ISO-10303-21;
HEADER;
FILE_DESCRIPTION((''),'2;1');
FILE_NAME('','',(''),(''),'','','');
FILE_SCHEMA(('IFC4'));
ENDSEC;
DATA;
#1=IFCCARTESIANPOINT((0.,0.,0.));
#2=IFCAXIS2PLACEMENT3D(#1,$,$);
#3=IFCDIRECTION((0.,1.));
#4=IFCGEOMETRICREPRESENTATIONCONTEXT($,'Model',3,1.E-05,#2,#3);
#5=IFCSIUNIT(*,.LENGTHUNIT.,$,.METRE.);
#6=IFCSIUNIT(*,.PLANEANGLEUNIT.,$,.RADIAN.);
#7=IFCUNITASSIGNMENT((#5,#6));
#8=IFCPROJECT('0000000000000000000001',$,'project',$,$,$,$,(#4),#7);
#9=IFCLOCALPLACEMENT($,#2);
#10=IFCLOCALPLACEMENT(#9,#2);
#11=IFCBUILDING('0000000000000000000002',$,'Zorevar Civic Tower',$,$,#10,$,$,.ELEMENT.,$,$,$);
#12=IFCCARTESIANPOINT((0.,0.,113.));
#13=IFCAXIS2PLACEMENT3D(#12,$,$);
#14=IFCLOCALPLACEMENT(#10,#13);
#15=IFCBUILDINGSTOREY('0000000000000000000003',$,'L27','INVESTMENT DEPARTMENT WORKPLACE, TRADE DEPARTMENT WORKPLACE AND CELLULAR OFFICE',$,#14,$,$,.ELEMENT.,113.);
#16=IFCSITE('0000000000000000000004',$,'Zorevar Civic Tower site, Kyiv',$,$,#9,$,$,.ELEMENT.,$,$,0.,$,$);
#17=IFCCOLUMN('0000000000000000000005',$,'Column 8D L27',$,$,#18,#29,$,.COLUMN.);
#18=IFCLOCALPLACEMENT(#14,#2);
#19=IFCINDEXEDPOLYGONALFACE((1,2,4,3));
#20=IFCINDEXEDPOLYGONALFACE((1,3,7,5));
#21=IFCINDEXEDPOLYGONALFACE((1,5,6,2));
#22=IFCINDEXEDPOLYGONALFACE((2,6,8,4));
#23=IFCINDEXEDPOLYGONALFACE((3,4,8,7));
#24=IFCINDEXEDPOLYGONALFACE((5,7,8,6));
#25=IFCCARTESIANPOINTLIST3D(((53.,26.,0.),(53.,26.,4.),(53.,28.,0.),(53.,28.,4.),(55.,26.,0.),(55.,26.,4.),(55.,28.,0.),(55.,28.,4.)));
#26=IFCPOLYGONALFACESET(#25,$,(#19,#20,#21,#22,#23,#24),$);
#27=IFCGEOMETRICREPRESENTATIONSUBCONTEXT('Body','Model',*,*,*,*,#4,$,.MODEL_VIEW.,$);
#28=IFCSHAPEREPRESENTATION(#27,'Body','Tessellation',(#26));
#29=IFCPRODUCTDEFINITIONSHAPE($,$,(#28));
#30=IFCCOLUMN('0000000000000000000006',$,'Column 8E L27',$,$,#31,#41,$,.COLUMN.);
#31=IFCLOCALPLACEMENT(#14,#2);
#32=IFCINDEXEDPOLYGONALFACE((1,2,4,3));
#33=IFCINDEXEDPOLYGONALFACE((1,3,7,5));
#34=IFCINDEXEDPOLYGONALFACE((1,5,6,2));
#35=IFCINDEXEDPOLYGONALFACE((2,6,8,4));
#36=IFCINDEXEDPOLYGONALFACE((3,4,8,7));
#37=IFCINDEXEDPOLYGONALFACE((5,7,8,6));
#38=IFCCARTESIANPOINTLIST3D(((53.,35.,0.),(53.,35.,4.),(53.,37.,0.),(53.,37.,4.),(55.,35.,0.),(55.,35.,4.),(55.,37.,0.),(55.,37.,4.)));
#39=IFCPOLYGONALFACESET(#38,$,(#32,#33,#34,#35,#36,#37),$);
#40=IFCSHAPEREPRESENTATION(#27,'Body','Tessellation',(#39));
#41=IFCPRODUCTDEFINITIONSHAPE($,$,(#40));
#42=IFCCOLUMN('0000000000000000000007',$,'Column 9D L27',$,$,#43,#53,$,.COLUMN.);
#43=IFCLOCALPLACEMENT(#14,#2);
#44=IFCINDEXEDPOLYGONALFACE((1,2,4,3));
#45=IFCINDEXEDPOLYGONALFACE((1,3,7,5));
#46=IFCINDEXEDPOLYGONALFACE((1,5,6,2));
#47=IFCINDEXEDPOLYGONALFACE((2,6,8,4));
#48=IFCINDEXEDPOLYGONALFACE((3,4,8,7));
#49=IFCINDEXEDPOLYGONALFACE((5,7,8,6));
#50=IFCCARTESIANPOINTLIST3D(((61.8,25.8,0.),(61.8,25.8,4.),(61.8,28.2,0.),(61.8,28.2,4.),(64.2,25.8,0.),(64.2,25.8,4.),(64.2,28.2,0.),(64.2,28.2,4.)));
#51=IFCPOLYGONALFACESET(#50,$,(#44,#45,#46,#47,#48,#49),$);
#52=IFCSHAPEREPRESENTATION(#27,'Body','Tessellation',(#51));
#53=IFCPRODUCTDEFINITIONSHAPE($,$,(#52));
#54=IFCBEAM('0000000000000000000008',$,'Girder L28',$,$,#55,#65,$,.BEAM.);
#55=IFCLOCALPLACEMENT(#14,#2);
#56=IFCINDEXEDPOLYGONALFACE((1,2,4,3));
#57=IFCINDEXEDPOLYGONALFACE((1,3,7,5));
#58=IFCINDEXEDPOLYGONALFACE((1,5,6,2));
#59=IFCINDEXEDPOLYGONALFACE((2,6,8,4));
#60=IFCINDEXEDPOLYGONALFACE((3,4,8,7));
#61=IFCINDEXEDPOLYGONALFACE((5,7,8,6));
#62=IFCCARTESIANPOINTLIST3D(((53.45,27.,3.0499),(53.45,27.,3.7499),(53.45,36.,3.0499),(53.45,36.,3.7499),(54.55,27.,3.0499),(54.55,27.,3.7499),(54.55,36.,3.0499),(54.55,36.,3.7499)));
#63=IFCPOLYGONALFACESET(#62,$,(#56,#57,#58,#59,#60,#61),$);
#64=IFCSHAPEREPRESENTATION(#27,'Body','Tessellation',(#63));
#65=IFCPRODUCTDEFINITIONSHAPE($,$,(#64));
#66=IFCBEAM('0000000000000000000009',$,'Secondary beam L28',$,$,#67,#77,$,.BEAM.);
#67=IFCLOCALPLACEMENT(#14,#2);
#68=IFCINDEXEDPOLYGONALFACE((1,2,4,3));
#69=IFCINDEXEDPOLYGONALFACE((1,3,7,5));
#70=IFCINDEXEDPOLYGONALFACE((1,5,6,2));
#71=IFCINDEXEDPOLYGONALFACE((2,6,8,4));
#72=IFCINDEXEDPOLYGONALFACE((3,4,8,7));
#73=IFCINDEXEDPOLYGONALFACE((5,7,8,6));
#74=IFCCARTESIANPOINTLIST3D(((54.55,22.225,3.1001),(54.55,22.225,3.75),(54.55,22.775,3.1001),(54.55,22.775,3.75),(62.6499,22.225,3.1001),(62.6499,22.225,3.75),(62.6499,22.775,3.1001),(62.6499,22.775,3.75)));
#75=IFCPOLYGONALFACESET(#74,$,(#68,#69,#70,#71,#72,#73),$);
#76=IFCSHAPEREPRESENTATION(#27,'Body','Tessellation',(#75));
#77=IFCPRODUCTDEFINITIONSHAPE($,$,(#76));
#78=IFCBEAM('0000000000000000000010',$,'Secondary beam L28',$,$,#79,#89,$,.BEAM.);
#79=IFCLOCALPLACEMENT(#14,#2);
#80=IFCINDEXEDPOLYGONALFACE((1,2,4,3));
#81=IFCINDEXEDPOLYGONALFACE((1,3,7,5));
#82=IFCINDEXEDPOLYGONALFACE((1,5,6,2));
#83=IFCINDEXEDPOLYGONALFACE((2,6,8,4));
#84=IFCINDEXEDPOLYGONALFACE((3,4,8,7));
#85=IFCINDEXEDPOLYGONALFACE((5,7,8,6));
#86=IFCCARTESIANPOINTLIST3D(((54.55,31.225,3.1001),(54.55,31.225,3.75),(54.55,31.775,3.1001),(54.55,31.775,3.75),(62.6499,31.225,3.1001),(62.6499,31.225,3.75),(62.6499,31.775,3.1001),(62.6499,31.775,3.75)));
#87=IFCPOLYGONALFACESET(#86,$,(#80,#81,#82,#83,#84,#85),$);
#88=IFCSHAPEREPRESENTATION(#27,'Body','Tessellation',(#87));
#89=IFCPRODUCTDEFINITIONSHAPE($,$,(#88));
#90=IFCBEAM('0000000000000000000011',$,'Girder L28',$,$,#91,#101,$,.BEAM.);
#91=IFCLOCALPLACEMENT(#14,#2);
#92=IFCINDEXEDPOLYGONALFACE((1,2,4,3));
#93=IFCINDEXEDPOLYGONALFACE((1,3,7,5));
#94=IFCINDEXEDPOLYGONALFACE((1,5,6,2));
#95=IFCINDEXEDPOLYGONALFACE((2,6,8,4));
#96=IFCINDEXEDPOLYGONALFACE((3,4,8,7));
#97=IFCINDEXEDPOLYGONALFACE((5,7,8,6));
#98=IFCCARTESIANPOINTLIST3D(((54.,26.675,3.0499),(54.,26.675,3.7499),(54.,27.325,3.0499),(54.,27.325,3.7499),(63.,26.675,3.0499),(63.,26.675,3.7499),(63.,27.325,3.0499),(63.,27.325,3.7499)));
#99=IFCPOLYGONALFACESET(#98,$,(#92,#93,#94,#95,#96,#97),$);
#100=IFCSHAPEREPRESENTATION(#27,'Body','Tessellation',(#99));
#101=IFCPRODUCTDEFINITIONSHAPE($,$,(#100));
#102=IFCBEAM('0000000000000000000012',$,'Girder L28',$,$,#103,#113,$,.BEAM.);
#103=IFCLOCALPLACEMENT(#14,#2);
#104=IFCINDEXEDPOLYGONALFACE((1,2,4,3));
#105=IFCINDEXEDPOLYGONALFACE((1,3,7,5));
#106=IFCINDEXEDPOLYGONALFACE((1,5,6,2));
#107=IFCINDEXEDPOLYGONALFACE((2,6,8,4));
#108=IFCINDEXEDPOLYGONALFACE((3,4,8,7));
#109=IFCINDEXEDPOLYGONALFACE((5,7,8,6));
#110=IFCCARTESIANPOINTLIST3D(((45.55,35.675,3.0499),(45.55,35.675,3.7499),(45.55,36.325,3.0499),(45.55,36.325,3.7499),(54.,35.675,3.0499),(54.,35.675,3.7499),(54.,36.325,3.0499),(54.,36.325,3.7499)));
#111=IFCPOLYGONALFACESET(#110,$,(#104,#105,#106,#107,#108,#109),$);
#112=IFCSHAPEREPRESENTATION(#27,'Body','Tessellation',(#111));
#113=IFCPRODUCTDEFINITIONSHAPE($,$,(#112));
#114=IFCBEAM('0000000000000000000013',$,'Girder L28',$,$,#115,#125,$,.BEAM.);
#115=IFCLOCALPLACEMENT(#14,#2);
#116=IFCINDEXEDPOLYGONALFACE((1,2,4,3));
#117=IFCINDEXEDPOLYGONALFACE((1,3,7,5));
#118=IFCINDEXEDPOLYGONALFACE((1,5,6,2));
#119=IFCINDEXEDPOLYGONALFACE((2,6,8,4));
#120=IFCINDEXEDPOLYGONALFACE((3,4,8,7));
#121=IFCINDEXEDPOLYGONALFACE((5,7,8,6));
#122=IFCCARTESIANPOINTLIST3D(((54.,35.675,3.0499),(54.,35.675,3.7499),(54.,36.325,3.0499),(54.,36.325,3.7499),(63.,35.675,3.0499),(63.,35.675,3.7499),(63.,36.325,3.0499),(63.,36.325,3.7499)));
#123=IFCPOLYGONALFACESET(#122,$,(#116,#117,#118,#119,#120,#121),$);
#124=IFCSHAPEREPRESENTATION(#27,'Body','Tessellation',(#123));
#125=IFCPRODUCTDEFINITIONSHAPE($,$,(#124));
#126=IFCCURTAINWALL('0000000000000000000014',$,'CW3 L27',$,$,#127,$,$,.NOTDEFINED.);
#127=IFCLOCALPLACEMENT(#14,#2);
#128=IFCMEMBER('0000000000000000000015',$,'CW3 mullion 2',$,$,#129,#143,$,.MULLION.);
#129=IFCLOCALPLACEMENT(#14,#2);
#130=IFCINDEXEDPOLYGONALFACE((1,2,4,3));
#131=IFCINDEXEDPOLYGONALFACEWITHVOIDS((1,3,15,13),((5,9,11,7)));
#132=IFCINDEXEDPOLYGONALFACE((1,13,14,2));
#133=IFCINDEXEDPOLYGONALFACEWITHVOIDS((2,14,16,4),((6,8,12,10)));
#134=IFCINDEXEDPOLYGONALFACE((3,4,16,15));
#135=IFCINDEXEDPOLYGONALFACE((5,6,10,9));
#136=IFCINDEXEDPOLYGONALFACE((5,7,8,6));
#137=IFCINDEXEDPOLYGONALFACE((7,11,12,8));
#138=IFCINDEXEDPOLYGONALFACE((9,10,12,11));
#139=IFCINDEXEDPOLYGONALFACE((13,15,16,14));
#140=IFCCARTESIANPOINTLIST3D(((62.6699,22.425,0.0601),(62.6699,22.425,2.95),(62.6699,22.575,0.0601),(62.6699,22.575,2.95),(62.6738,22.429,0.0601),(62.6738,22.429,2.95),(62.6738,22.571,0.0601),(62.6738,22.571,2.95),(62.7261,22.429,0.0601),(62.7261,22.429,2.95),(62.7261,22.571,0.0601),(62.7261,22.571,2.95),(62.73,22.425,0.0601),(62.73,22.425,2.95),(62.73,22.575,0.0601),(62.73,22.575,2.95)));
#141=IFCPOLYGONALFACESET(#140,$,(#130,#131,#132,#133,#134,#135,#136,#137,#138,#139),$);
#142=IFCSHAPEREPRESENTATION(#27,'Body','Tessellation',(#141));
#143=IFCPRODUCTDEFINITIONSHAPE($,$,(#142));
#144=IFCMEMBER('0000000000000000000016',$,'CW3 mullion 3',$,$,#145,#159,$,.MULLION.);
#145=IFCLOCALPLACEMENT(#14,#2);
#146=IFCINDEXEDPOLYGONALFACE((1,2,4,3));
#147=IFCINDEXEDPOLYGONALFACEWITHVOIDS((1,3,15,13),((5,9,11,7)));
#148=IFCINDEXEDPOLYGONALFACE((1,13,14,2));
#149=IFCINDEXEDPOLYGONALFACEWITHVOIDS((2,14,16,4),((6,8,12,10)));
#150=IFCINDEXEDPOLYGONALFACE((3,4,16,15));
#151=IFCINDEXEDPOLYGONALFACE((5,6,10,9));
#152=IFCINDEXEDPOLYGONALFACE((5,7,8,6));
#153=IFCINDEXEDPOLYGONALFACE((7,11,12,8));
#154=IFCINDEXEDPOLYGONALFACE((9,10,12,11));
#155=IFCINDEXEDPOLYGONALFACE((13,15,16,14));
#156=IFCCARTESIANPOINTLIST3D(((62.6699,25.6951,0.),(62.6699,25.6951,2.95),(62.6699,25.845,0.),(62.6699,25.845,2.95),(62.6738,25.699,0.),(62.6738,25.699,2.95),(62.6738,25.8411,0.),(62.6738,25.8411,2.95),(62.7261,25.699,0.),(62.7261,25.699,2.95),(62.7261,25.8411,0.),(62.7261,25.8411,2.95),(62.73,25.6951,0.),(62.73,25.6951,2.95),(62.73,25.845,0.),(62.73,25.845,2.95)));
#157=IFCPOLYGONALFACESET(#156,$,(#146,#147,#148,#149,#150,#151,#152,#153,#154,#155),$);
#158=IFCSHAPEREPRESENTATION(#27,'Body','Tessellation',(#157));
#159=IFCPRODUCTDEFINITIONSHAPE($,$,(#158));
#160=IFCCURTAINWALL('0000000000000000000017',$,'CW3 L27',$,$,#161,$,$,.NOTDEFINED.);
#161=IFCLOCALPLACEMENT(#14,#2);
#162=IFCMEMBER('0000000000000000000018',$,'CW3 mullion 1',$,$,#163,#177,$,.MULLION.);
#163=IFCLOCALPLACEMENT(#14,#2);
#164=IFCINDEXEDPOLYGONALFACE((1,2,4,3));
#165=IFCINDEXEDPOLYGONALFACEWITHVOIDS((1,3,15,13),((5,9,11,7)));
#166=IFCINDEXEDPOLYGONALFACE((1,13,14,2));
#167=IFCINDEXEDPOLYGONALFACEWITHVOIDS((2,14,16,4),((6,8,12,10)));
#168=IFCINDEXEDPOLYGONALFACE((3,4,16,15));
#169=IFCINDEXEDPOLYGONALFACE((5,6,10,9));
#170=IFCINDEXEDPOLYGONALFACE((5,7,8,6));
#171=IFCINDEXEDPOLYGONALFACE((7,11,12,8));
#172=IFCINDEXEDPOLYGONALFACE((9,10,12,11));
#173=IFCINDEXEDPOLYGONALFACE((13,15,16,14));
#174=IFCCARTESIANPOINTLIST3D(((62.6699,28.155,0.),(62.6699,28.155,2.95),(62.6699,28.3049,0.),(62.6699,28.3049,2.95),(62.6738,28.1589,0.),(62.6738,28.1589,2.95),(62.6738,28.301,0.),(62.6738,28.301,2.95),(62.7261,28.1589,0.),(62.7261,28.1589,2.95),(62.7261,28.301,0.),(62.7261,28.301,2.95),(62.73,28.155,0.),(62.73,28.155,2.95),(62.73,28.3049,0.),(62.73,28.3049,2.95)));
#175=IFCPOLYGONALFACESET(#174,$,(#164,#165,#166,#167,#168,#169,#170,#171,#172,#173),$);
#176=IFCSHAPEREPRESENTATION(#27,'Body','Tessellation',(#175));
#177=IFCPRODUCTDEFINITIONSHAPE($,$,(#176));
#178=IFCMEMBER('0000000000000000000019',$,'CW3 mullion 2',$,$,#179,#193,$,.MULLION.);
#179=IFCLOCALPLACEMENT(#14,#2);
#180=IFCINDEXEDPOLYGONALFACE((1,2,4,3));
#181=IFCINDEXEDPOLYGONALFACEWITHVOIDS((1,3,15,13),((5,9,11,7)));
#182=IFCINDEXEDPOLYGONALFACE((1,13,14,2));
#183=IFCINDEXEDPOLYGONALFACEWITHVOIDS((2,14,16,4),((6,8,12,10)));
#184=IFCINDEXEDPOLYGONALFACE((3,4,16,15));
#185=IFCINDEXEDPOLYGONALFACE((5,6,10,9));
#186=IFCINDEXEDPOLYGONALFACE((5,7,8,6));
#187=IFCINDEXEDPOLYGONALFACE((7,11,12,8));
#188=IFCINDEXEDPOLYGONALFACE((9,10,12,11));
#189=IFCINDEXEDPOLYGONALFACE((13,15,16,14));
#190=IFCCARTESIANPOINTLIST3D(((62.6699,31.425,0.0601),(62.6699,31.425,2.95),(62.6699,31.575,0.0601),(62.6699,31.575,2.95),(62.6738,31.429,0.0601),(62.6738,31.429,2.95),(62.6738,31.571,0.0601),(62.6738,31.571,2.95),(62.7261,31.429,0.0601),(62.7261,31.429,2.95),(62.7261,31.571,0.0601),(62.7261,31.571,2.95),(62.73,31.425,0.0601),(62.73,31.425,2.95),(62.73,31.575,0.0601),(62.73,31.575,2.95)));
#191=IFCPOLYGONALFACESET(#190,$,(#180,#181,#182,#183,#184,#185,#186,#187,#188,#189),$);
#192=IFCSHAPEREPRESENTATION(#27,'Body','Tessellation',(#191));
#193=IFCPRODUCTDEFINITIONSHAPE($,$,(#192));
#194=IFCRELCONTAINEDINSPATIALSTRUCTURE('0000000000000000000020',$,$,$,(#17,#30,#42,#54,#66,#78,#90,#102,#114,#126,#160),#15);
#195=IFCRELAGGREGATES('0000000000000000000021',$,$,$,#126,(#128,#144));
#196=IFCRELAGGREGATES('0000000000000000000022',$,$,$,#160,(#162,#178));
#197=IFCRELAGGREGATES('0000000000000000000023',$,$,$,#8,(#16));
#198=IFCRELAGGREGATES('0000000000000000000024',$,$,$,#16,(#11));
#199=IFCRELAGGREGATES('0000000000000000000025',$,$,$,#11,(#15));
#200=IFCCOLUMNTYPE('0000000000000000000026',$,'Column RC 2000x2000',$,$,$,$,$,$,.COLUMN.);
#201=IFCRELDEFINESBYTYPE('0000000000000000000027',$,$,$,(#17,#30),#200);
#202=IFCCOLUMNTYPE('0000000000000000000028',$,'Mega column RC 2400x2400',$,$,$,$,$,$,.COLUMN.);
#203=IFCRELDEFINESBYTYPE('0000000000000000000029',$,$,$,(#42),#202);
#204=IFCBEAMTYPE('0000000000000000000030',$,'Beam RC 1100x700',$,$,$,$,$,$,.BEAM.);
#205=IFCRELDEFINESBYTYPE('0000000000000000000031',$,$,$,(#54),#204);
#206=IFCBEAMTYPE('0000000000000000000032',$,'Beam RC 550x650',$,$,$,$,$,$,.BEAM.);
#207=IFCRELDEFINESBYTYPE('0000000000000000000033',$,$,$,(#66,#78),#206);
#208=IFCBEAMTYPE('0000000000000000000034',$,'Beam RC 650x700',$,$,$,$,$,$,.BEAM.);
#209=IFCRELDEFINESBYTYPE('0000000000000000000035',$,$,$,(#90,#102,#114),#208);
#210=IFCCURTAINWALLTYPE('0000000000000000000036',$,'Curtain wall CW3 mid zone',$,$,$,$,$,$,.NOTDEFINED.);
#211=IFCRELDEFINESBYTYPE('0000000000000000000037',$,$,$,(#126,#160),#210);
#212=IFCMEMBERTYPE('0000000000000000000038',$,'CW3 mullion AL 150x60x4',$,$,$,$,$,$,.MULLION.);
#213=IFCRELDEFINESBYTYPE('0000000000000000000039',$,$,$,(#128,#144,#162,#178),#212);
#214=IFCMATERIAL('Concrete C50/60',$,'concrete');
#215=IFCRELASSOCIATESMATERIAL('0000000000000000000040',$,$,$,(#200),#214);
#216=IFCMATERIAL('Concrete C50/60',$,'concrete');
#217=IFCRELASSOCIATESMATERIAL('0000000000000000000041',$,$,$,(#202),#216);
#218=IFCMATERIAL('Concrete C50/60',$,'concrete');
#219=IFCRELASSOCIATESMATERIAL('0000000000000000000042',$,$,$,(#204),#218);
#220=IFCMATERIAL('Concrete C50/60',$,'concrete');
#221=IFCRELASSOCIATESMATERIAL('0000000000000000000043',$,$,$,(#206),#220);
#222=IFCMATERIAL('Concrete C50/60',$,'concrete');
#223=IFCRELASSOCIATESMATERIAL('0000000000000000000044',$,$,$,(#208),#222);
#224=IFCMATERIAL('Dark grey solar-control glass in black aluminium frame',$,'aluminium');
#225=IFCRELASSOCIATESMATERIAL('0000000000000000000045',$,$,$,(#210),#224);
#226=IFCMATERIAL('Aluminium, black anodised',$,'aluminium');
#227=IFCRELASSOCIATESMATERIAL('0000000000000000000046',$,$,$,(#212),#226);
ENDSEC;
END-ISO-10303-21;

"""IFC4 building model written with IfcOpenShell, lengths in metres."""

from ifc_helpers import new_model, si_unit, direction, frame, origin, origin_2d, place, context, subcontext, project, spatial, rectangle, hollow_rectangle, extrude, material, material_profile, profile_set, type_object, element, aggregate, save


model = new_model("IFC4")

# Units and contexts
model_context = context("Model", 3, precision=1e-05, world=origin(), true_north=direction((0.0, 1.0)))
body_context = subcontext(model_context, "Body", "Model", "MODEL_VIEW")
ifc_project = project(units=[si_unit("LENGTHUNIT", "METRE"), si_unit("PLANEANGLEUNIT", "RADIAN")], contexts=[model_context])

# Site, building, storey
site_placement = place(None, origin())
site = spatial("IfcSite", under=ifc_project, at=site_placement, Name="Zorevar Civic Tower site, Kyiv", CompositionType="ELEMENT", RefElevation=0.0)
building_placement = place(site_placement, origin())
building = spatial("IfcBuilding", under=site, at=building_placement, Name="Zorevar Civic Tower", CompositionType="ELEMENT")
storey_placement = place(building_placement, frame((0.0, 0.0, 113.0)))
storey = spatial("IfcBuildingStorey", under=building, at=storey_placement, Name="L27", Description="INVESTMENT DEPARTMENT WORKPLACE, TRADE DEPARTMENT WORKPLACE AND CELLULAR OFFICE", CompositionType="ELEMENT", Elevation=113.0)

# Columns
ifc_material_1 = material(Name="Concrete C50/60", Category="concrete")
ifc_material_profile_1 = material_profile(ifc_material_1, rectangle(XDim=2.0, YDim=2.0, at=origin_2d()), Name="RC 2000x2000")
ifc_profile_set_1 = profile_set([ifc_material_profile_1], Name="Concrete C50/60")
column_type_1 = type_object("IfcColumnType", Name="Column RC 2000x2000", PredefinedType="COLUMN", material=ifc_profile_set_1)
for number, where, z_axis, x_axis, name in (
    (1, (54.0, 27.0, 0.0), (0.0, 0.0, 1.0), (1.0, 0.0, 0.0), "Column 8D L27"),
    (2, (54.0, 36.0, 0.0), (0.0, 0.0, 1.0), (1.0, 0.0, 0.0), "Column 8E L27"),
):
    element("IfcColumn", number, at=place(storey_placement, frame(where, z_axis=z_axis, x_axis=x_axis)), inside=storey, type_object=column_type_1, Name=name, PredefinedType="COLUMN", context=body_context, shape_type="SweptSolid", body=[
        extrude(rectangle(XDim=2.0, YDim=2.0, at=origin_2d()), origin(), (0.0, 0.0, 1.0), 4.0),
    ])
ifc_material_2 = material(Name="Concrete C50/60", Category="concrete")
ifc_material_profile_2 = material_profile(ifc_material_2, rectangle(XDim=2.3999, YDim=2.3999, at=origin_2d()), Name="RC 2400x2400")
ifc_profile_set_2 = profile_set([ifc_material_profile_2], Name="Concrete C50/60")
column_type_2 = type_object("IfcColumnType", Name="Mega column RC 2400x2400", PredefinedType="COLUMN", material=ifc_profile_set_2)
column_placement = place(storey_placement, frame((63.0, 27.0, 0.0), z_axis=(0.0, 0.0, 1.0), x_axis=(1.0, 0.0, 0.0)))
element("IfcColumn", 3, at=column_placement, inside=storey, type_object=column_type_2, Name="Column 9D L27", PredefinedType="COLUMN", context=body_context, shape_type="SweptSolid", body=[
    extrude(rectangle(XDim=2.3999, YDim=2.3999, at=origin_2d()), origin(), (0.0, 0.0, 1.0), 4.0),
])

# Beams
ifc_material_3 = material(Name="Concrete C50/60", Category="concrete")
ifc_material_profile_3 = material_profile(ifc_material_3, rectangle(XDim=1.1001, YDim=0.7, at=origin_2d()), Name="RC 1100x700")
ifc_profile_set_3 = profile_set([ifc_material_profile_3], Name="Concrete C50/60")
beam_type_1 = type_object("IfcBeamType", Name="Beam RC 1100x700", PredefinedType="BEAM", material=ifc_profile_set_3)
beam_1_placement = place(storey_placement, frame((54.0, 27.0, 3.3999), z_axis=(0.0, 1.0, 0.0), x_axis=(-1.0, 0.0, 0.0)))
element("IfcBeam", 4, at=beam_1_placement, inside=storey, type_object=beam_type_1, Name="Girder L28", PredefinedType="BEAM", context=body_context, shape_type="SweptSolid", body=[
    extrude(rectangle(XDim=1.1001, YDim=0.7, at=origin_2d()), origin(), (0.0, 0.0, 1.0), 9.0),
])
ifc_material_4 = material(Name="Concrete C50/60", Category="concrete")
ifc_material_profile_4 = material_profile(ifc_material_4, rectangle(XDim=0.55, YDim=0.6499, at=origin_2d()), Name="RC 550x650")
ifc_profile_set_4 = profile_set([ifc_material_profile_4], Name="Concrete C50/60")
beam_type_2 = type_object("IfcBeamType", Name="Beam RC 550x650", PredefinedType="BEAM", material=ifc_profile_set_4)
for number, where, z_axis, x_axis, name in (
    (5, (54.55, 22.5, 3.425), (1.0, 0.0, 0.0), (0.0, 1.0, 0.0), "Secondary beam L28"),
    (6, (54.55, 31.5, 3.425), (1.0, 0.0, 0.0), (0.0, 1.0, 0.0), "Secondary beam L28"),
):
    element("IfcBeam", number, at=place(storey_placement, frame(where, z_axis=z_axis, x_axis=x_axis)), inside=storey, type_object=beam_type_2, Name=name, PredefinedType="BEAM", context=body_context, shape_type="SweptSolid", body=[
        extrude(rectangle(XDim=0.55, YDim=0.6499, at=origin_2d()), origin(), (0.0, 0.0, 1.0), 8.0999),
    ])
ifc_material_5 = material(Name="Concrete C50/60", Category="concrete")
ifc_material_profile_5 = material_profile(ifc_material_5, rectangle(XDim=0.6499, YDim=0.7, at=origin_2d()), Name="RC 650x700")
ifc_profile_set_5 = profile_set([ifc_material_profile_5], Name="Concrete C50/60")
beam_type_3 = type_object("IfcBeamType", Name="Beam RC 650x700", PredefinedType="BEAM", material=ifc_profile_set_5)
beam_2_placement = place(storey_placement, frame((54.0, 27.0, 3.3999), z_axis=(1.0, 0.0, 0.0), x_axis=(0.0, 1.0, 0.0)))
element("IfcBeam", 7, at=beam_2_placement, inside=storey, type_object=beam_type_3, Name="Girder L28", PredefinedType="BEAM", context=body_context, shape_type="SweptSolid", body=[
    extrude(rectangle(XDim=0.6499, YDim=0.7, at=origin_2d()), origin(), (0.0, 0.0, 1.0), 9.0),
])
beam_3_placement = place(storey_placement, frame((45.55, 36.0, 3.3999), z_axis=(1.0, 0.0, 0.0), x_axis=(0.0, 1.0, 0.0)))
element("IfcBeam", 8, at=beam_3_placement, inside=storey, type_object=beam_type_3, Name="Girder L28", PredefinedType="BEAM", context=body_context, shape_type="SweptSolid", body=[
    extrude(rectangle(XDim=0.6499, YDim=0.7, at=origin_2d()), origin(), (0.0, 0.0, 1.0), 8.45),
])
beam_4_placement = place(storey_placement, frame((54.0, 36.0, 3.3999), z_axis=(1.0, 0.0, 0.0), x_axis=(0.0, 1.0, 0.0)))
element("IfcBeam", 9, at=beam_4_placement, inside=storey, type_object=beam_type_3, Name="Girder L28", PredefinedType="BEAM", context=body_context, shape_type="SweptSolid", body=[
    extrude(rectangle(XDim=0.6499, YDim=0.7, at=origin_2d()), origin(), (0.0, 0.0, 1.0), 9.0),
])

# Curtain walls, members
ifc_material_6 = material(Name="Dark grey solar-control glass in black aluminium frame", Category="aluminium")
curtain_wall_type = type_object("IfcCurtainWallType", Name="Curtain wall CW3 mid zone", PredefinedType="NOTDEFINED", material=ifc_material_6)
curtain_wall_1_placement = place(storey_placement, origin())
curtain_wall_1 = element("IfcCurtainWall", 10, at=curtain_wall_1_placement, inside=storey, type_object=curtain_wall_type, Name="CW3 L27", PredefinedType="NOTDEFINED")
ifc_material_7 = material(Name="Aluminium, black anodised", Category="aluminium")
ifc_material_profile_6 = material_profile(ifc_material_7, hollow_rectangle(XDim=0.0601, YDim=0.1499, WallThickness=0.0039, at=origin_2d()), Name="AL 150x60x4")
ifc_profile_set_6 = profile_set([ifc_material_profile_6], Name="Aluminium, black anodised")
member_type_1 = type_object("IfcMemberType", Name="CW3 mullion AL 150x60x4", PredefinedType="MULLION", material=ifc_profile_set_6)
member_1_placement = place(storey_placement, frame((62.7, 22.5, 0.0601), z_axis=(0.0, 0.0, 1.0), x_axis=(-1.0, 0.0, 0.0)))
member_1 = element("IfcMember", 11, at=member_1_placement, type_object=member_type_1, Name="CW3 mullion 2", PredefinedType="MULLION", context=body_context, shape_type="SweptSolid", body=[
    extrude(hollow_rectangle(XDim=0.0601, YDim=0.1499, WallThickness=0.0039, at=origin_2d()), origin(), (0.0, 0.0, 1.0), 2.8899),
])
member_2_placement = place(storey_placement, frame((62.7, 25.77, 0.0), z_axis=(0.0, 0.0, 1.0), x_axis=(-1.0, 0.0, 0.0)))
member_2 = element("IfcMember", 12, at=member_2_placement, type_object=member_type_1, Name="CW3 mullion 3", PredefinedType="MULLION", context=body_context, shape_type="SweptSolid", body=[
    extrude(hollow_rectangle(XDim=0.0601, YDim=0.1499, WallThickness=0.0039, at=origin_2d()), origin(), (0.0, 0.0, 1.0), 2.95),
])
curtain_wall_2_placement = place(storey_placement, origin())
curtain_wall_2 = element("IfcCurtainWall", 13, at=curtain_wall_2_placement, inside=storey, type_object=curtain_wall_type, Name="CW3 L27", PredefinedType="NOTDEFINED")
member_3_placement = place(storey_placement, frame((62.7, 28.23, 0.0), z_axis=(0.0, 0.0, 1.0), x_axis=(-1.0, 0.0, 0.0)))
member_3 = element("IfcMember", 14, at=member_3_placement, type_object=member_type_1, Name="CW3 mullion 1", PredefinedType="MULLION", context=body_context, shape_type="SweptSolid", body=[
    extrude(hollow_rectangle(XDim=0.0601, YDim=0.1499, WallThickness=0.0039, at=origin_2d()), origin(), (0.0, 0.0, 1.0), 2.95),
])
member_4_placement = place(storey_placement, frame((62.7, 31.5, 0.0601), z_axis=(0.0, 0.0, 1.0), x_axis=(-1.0, 0.0, 0.0)))
member_4 = element("IfcMember", 15, at=member_4_placement, type_object=member_type_1, Name="CW3 mullion 2", PredefinedType="MULLION", context=body_context, shape_type="SweptSolid", body=[
    extrude(hollow_rectangle(XDim=0.0601, YDim=0.1499, WallThickness=0.0039, at=origin_2d()), origin(), (0.0, 0.0, 1.0), 2.8899),
])

aggregate(curtain_wall_1, [member_1, member_2])
aggregate(curtain_wall_2, [member_3, member_4])

save(model, "model.ifc")
